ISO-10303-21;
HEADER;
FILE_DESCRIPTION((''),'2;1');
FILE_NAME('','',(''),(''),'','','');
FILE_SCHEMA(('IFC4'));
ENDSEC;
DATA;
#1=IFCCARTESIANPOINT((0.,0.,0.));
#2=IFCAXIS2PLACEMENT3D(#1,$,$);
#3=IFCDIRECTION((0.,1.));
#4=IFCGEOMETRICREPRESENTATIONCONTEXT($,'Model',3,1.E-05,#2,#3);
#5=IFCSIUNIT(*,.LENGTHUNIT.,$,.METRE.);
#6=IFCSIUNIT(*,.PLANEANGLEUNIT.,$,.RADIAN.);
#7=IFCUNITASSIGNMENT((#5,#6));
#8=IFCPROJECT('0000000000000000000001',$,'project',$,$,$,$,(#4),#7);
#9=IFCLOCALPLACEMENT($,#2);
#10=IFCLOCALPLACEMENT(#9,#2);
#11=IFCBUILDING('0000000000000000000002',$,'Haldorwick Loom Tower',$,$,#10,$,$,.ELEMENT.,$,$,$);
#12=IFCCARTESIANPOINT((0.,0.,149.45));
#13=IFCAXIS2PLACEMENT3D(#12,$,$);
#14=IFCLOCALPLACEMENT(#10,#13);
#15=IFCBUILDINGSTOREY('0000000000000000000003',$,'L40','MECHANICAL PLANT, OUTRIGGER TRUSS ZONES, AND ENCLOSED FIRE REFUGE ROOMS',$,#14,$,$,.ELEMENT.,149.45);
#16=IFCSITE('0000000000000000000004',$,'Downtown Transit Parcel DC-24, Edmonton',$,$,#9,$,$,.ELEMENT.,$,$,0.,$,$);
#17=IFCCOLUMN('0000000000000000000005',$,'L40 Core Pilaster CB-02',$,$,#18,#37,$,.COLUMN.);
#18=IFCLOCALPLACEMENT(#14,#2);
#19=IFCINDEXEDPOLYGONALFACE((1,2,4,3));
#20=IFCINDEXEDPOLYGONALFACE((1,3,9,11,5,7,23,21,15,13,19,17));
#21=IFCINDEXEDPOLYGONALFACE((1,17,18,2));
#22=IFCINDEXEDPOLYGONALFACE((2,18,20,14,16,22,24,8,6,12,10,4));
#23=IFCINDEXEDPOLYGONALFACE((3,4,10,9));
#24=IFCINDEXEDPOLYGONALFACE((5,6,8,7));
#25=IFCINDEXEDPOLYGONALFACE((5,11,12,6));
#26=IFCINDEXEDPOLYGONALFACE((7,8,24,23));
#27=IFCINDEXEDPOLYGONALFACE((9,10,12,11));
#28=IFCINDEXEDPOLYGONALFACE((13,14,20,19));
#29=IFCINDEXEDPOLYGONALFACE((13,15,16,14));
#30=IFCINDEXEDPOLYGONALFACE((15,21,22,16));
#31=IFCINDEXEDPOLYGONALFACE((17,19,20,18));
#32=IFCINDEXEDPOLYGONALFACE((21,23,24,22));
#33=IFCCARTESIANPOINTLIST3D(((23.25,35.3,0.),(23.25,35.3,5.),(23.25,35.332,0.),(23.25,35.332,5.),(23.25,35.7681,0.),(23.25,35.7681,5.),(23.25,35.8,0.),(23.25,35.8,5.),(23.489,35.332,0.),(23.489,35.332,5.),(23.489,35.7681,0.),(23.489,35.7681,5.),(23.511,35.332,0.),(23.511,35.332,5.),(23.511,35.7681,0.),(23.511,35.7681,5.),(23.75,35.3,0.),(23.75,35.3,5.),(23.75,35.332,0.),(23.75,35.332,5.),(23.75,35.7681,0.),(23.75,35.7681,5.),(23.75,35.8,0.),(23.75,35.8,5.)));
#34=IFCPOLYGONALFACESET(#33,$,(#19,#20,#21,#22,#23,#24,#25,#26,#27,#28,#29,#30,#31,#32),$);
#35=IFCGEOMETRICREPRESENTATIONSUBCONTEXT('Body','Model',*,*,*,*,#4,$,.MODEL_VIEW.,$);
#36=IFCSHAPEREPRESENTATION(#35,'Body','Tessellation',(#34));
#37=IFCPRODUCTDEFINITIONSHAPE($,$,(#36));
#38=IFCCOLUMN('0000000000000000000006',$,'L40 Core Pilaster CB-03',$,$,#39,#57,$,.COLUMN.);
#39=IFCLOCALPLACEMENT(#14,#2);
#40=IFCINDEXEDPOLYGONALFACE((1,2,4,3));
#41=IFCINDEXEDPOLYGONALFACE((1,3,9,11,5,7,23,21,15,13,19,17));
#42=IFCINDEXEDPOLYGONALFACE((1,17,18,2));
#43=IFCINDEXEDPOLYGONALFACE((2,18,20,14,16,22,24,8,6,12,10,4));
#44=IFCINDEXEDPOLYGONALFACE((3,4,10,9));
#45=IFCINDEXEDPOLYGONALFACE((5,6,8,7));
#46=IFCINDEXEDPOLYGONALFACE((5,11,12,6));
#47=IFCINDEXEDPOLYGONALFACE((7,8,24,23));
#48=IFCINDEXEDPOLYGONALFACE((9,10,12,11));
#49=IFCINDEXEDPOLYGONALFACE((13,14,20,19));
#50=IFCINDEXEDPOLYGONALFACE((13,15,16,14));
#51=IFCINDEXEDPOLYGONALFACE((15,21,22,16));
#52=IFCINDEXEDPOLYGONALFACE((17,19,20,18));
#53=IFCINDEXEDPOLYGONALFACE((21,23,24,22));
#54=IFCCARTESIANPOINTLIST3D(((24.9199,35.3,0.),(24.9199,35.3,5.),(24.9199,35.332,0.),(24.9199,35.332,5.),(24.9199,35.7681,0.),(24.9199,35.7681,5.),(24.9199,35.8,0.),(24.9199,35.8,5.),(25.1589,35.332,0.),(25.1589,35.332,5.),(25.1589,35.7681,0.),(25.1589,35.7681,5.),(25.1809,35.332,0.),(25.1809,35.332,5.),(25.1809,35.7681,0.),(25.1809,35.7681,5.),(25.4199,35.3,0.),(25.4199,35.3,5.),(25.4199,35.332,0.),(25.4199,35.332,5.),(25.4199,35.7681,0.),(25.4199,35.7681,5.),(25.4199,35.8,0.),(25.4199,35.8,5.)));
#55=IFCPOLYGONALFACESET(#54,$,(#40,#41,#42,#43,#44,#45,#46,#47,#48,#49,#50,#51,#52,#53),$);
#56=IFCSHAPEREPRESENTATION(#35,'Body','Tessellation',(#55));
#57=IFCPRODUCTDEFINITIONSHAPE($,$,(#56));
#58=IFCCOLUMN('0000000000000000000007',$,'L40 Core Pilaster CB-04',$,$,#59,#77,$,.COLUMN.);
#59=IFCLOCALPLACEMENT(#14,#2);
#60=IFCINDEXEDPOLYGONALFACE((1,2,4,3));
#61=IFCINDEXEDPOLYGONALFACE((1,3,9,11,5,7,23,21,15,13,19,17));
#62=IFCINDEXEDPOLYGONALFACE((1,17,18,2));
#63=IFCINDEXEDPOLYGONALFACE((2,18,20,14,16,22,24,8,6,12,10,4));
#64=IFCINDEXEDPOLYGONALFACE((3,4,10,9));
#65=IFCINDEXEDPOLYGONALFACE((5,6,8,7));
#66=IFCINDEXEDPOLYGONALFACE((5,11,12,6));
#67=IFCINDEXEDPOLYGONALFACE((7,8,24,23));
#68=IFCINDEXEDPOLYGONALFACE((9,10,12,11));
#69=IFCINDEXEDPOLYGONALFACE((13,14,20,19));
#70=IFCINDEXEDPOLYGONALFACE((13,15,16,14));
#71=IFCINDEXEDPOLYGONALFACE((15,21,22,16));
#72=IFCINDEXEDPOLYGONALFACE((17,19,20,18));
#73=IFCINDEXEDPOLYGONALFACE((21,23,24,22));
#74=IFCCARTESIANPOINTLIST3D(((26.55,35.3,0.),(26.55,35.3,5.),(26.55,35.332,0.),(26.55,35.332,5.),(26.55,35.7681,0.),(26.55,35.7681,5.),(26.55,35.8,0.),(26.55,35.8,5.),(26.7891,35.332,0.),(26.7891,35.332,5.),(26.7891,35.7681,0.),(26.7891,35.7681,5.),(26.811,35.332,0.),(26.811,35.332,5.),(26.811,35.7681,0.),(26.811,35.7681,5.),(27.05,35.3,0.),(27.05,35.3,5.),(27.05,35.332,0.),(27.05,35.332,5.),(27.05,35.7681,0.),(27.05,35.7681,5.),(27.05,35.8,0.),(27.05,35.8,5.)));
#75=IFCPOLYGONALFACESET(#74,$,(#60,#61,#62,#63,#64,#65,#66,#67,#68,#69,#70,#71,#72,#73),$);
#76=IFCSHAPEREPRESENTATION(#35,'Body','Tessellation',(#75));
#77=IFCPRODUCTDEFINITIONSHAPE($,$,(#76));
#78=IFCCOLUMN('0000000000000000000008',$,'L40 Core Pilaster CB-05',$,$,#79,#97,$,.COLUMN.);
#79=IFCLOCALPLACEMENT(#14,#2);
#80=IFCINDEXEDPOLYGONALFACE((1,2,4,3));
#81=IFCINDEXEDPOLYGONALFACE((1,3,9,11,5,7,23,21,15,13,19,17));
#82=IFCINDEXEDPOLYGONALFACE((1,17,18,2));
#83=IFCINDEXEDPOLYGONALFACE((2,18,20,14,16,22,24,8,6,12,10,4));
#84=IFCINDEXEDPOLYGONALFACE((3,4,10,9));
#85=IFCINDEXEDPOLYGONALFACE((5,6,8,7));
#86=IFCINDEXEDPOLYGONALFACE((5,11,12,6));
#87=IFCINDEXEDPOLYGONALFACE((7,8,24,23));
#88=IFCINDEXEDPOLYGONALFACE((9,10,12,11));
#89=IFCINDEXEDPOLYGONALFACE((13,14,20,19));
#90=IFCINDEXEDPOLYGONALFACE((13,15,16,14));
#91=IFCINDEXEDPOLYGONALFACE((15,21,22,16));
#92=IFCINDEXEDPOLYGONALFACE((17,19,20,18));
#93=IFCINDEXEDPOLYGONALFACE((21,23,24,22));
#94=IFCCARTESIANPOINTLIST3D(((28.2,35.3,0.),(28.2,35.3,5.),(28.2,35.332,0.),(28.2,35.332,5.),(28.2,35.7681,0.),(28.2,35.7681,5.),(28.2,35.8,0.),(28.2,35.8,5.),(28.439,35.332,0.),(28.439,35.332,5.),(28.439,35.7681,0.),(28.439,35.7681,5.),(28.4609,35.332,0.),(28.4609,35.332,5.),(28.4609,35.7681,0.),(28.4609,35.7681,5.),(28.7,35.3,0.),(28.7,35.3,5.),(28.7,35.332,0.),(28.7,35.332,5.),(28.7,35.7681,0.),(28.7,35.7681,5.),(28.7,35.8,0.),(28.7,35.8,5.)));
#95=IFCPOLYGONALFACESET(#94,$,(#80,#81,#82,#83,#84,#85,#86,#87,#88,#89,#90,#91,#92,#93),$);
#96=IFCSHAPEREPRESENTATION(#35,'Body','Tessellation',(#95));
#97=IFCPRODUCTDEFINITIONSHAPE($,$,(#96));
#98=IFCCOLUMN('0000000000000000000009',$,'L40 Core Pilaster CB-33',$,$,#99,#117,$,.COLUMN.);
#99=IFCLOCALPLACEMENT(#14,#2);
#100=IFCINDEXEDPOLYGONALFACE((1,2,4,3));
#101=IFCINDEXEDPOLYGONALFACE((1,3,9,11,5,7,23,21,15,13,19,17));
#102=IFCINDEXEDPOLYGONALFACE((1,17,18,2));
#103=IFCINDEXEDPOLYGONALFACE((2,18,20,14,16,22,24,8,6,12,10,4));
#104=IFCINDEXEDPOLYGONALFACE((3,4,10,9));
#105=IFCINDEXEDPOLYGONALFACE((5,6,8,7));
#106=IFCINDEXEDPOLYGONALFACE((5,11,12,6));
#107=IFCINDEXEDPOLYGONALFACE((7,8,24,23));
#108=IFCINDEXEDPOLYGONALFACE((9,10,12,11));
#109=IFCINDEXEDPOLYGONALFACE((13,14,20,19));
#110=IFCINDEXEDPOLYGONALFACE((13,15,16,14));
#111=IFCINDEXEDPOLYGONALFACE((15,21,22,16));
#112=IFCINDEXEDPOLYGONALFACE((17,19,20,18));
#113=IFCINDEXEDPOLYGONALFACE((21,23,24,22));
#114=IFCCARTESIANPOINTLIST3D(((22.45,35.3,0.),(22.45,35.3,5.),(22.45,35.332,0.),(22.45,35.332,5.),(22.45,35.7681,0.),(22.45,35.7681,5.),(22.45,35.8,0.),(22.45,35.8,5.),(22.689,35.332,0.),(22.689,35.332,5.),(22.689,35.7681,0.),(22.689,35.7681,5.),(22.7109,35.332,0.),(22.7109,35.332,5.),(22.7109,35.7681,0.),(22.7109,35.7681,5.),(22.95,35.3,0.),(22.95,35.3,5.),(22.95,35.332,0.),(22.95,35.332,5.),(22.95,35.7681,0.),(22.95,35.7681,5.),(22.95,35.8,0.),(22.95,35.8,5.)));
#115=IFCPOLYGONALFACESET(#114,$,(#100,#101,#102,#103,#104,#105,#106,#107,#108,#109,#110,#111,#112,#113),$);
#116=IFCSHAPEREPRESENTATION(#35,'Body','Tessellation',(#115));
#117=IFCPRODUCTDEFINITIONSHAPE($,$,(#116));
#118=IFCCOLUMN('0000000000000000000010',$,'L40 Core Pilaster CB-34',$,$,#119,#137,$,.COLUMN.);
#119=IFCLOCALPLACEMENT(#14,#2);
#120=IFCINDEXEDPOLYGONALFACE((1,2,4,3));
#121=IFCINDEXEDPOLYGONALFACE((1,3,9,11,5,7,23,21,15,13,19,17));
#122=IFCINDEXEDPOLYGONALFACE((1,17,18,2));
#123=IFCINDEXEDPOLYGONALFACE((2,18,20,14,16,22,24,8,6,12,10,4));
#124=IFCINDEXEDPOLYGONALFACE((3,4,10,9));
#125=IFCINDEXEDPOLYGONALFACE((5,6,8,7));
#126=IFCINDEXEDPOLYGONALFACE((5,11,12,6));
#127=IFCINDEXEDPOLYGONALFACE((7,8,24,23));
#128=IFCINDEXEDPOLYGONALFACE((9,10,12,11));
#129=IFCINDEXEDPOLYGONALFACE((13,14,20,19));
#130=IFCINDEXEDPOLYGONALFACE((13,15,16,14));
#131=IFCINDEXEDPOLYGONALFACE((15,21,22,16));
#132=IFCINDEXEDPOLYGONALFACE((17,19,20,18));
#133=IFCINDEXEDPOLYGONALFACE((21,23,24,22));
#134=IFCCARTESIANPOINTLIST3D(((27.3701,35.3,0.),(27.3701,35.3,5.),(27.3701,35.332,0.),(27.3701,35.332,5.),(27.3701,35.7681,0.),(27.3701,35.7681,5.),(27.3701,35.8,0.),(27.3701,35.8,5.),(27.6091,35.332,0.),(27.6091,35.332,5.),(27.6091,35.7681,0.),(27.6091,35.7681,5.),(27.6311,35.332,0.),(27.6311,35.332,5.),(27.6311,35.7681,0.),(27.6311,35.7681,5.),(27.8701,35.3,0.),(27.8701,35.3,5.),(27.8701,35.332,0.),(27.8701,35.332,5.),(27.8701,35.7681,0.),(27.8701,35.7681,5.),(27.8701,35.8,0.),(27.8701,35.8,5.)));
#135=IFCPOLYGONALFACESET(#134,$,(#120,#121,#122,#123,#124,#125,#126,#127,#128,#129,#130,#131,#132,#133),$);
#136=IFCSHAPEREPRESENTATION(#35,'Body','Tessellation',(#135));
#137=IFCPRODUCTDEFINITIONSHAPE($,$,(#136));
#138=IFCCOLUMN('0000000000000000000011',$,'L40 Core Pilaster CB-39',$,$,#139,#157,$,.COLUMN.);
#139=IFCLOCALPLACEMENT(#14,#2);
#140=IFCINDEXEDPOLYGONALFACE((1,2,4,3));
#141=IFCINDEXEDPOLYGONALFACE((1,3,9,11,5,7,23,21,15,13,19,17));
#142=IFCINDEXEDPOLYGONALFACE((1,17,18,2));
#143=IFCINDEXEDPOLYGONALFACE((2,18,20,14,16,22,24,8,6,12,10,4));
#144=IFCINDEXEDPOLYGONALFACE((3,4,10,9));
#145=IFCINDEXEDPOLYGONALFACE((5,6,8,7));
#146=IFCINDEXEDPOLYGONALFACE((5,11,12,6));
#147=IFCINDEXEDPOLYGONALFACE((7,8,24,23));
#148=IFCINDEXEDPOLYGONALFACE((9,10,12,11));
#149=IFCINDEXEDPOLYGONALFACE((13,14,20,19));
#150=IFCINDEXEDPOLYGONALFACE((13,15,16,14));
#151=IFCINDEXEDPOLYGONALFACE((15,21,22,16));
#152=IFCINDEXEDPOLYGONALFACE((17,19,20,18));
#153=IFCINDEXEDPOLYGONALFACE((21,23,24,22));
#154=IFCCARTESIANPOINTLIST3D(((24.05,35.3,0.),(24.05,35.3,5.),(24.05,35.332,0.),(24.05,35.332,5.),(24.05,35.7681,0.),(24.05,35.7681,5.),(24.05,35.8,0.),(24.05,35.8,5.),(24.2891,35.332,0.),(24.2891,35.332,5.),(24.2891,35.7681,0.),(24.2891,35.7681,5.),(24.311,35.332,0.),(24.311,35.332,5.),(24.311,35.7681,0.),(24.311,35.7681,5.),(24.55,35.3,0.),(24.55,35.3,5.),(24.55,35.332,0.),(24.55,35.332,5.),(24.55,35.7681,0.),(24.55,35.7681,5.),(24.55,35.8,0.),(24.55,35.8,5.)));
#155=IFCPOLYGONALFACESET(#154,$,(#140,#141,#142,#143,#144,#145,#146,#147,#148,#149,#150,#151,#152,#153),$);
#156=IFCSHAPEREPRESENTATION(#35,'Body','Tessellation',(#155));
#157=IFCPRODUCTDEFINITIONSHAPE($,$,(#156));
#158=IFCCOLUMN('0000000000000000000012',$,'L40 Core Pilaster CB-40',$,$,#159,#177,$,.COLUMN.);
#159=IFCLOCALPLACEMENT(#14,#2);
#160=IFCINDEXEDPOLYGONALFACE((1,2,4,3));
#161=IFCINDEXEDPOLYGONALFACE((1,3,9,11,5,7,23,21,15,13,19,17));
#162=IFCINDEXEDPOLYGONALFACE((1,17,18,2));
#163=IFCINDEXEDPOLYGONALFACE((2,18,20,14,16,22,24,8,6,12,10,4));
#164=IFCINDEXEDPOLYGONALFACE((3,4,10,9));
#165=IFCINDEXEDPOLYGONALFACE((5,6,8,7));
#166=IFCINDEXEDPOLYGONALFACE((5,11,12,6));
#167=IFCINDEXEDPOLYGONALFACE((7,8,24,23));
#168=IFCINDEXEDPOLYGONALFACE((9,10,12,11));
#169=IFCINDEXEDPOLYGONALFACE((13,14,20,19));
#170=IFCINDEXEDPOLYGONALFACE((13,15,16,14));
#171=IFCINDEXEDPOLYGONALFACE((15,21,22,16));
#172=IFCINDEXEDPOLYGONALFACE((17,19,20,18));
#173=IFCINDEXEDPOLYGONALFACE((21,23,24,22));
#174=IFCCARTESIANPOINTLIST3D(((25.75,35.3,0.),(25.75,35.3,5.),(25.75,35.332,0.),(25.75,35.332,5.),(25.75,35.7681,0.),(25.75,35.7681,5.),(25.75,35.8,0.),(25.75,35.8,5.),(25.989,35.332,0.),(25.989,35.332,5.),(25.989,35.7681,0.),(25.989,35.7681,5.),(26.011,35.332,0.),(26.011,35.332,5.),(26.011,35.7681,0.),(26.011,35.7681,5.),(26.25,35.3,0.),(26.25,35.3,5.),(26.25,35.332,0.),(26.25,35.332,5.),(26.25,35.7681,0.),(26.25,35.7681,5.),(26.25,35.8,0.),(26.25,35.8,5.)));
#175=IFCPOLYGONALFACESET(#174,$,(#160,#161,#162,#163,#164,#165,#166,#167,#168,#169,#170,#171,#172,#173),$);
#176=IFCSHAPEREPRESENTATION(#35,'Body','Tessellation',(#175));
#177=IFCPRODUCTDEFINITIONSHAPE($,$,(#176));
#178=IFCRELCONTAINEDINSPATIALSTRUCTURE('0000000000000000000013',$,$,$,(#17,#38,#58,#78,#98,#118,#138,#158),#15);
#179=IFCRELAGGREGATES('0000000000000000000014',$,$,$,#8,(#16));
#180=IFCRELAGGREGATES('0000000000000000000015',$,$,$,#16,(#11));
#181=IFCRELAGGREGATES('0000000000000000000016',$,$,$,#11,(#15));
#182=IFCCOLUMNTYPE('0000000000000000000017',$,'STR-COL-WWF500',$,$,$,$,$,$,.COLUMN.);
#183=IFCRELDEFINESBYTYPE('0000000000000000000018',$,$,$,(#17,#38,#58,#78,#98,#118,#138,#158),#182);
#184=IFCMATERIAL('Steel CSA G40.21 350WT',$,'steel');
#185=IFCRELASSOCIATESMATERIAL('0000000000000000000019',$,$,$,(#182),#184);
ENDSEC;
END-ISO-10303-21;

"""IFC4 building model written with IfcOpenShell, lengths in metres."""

from ifc_helpers import new_model, si_unit, direction, frame, origin, origin_2d, place, context, subcontext, project, spatial, i_section, extrude, material, material_profile, profile_set, type_object, element, save


model = new_model("IFC4")

# Units and contexts
model_context = context("Model", 3, precision=1e-05, world=origin(), true_north=direction((0.0, 1.0)))
body_context = subcontext(model_context, "Body", "Model", "MODEL_VIEW")
ifc_project = project(units=[si_unit("LENGTHUNIT", "METRE"), si_unit("PLANEANGLEUNIT", "RADIAN")], contexts=[model_context])

# Site, building, storey
site_placement = place(None, origin())
site = spatial("IfcSite", under=ifc_project, at=site_placement, Name="Downtown Transit Parcel DC-24, Edmonton", CompositionType="ELEMENT", RefElevation=0.0)
building_placement = place(site_placement, origin())
building = spatial("IfcBuilding", under=site, at=building_placement, Name="Haldorwick Loom Tower", CompositionType="ELEMENT")
storey_placement = place(building_placement, frame((0.0, 0.0, 149.45)))
storey = spatial("IfcBuildingStorey", under=building, at=storey_placement, Name="L40", Description="MECHANICAL PLANT, OUTRIGGER TRUSS ZONES, AND ENCLOSED FIRE REFUGE ROOMS", CompositionType="ELEMENT", Elevation=149.45)

# Columns
ifc_material_1 = material(Name="Steel CSA G40.21 350WT", Category="steel")
ifc_material_profile = material_profile(ifc_material_1, i_section(OverallWidth=0.5, OverallDepth=0.5, WebThickness=0.022, FlangeThickness=0.032, at=origin_2d()), Name="WWF500X500", Category="steel")
ifc_profile_set = profile_set([ifc_material_profile], Name="Steel CSA G40.21 350WT")
column_type = type_object("IfcColumnType", Name="STR-COL-WWF500", PredefinedType="COLUMN", material=ifc_profile_set)
for number, where, z_axis, x_axis, name in (
    (1, (23.5, 35.55, 0.0), (0.0, 0.0, 1.0), (1.0, 0.0, 0.0), "L40 Core Pilaster CB-02"),
    (2, (25.1699, 35.55, 0.0), (0.0, 0.0, 1.0), (1.0, 0.0, 0.0), "L40 Core Pilaster CB-03"),
    (3, (26.8, 35.55, 0.0), (0.0, 0.0, 1.0), (1.0, 0.0, 0.0), "L40 Core Pilaster CB-04"),
    (4, (28.45, 35.55, 0.0), (0.0, 0.0, 1.0), (1.0, 0.0, 0.0), "L40 Core Pilaster CB-05"),
    (5, (22.7, 35.55, 0.0), (0.0, 0.0, 1.0), (1.0, 0.0, 0.0), "L40 Core Pilaster CB-33"),
    (6, (27.6201, 35.55, 0.0), (0.0, 0.0, 1.0), (1.0, 0.0, 0.0), "L40 Core Pilaster CB-34"),
    (7, (24.3, 35.55, 0.0), (0.0, 0.0, 1.0), (1.0, 0.0, 0.0), "L40 Core Pilaster CB-39"),
    (8, (26.0, 35.55, 0.0), (0.0, 0.0, 1.0), (1.0, 0.0, 0.0), "L40 Core Pilaster CB-40"),
):
    element("IfcColumn", number, at=place(storey_placement, frame(where, z_axis=z_axis, x_axis=x_axis)), inside=storey, type_object=column_type, Name=name, PredefinedType="COLUMN", context=body_context, shape_type="SweptSolid", body=[
        extrude(i_section(OverallWidth=0.5, OverallDepth=0.5, WebThickness=0.022, FlangeThickness=0.032, at=origin_2d()), origin(), (0.0, 0.0, 1.0), 5.0),
    ])

save(model, "model.ifc")
